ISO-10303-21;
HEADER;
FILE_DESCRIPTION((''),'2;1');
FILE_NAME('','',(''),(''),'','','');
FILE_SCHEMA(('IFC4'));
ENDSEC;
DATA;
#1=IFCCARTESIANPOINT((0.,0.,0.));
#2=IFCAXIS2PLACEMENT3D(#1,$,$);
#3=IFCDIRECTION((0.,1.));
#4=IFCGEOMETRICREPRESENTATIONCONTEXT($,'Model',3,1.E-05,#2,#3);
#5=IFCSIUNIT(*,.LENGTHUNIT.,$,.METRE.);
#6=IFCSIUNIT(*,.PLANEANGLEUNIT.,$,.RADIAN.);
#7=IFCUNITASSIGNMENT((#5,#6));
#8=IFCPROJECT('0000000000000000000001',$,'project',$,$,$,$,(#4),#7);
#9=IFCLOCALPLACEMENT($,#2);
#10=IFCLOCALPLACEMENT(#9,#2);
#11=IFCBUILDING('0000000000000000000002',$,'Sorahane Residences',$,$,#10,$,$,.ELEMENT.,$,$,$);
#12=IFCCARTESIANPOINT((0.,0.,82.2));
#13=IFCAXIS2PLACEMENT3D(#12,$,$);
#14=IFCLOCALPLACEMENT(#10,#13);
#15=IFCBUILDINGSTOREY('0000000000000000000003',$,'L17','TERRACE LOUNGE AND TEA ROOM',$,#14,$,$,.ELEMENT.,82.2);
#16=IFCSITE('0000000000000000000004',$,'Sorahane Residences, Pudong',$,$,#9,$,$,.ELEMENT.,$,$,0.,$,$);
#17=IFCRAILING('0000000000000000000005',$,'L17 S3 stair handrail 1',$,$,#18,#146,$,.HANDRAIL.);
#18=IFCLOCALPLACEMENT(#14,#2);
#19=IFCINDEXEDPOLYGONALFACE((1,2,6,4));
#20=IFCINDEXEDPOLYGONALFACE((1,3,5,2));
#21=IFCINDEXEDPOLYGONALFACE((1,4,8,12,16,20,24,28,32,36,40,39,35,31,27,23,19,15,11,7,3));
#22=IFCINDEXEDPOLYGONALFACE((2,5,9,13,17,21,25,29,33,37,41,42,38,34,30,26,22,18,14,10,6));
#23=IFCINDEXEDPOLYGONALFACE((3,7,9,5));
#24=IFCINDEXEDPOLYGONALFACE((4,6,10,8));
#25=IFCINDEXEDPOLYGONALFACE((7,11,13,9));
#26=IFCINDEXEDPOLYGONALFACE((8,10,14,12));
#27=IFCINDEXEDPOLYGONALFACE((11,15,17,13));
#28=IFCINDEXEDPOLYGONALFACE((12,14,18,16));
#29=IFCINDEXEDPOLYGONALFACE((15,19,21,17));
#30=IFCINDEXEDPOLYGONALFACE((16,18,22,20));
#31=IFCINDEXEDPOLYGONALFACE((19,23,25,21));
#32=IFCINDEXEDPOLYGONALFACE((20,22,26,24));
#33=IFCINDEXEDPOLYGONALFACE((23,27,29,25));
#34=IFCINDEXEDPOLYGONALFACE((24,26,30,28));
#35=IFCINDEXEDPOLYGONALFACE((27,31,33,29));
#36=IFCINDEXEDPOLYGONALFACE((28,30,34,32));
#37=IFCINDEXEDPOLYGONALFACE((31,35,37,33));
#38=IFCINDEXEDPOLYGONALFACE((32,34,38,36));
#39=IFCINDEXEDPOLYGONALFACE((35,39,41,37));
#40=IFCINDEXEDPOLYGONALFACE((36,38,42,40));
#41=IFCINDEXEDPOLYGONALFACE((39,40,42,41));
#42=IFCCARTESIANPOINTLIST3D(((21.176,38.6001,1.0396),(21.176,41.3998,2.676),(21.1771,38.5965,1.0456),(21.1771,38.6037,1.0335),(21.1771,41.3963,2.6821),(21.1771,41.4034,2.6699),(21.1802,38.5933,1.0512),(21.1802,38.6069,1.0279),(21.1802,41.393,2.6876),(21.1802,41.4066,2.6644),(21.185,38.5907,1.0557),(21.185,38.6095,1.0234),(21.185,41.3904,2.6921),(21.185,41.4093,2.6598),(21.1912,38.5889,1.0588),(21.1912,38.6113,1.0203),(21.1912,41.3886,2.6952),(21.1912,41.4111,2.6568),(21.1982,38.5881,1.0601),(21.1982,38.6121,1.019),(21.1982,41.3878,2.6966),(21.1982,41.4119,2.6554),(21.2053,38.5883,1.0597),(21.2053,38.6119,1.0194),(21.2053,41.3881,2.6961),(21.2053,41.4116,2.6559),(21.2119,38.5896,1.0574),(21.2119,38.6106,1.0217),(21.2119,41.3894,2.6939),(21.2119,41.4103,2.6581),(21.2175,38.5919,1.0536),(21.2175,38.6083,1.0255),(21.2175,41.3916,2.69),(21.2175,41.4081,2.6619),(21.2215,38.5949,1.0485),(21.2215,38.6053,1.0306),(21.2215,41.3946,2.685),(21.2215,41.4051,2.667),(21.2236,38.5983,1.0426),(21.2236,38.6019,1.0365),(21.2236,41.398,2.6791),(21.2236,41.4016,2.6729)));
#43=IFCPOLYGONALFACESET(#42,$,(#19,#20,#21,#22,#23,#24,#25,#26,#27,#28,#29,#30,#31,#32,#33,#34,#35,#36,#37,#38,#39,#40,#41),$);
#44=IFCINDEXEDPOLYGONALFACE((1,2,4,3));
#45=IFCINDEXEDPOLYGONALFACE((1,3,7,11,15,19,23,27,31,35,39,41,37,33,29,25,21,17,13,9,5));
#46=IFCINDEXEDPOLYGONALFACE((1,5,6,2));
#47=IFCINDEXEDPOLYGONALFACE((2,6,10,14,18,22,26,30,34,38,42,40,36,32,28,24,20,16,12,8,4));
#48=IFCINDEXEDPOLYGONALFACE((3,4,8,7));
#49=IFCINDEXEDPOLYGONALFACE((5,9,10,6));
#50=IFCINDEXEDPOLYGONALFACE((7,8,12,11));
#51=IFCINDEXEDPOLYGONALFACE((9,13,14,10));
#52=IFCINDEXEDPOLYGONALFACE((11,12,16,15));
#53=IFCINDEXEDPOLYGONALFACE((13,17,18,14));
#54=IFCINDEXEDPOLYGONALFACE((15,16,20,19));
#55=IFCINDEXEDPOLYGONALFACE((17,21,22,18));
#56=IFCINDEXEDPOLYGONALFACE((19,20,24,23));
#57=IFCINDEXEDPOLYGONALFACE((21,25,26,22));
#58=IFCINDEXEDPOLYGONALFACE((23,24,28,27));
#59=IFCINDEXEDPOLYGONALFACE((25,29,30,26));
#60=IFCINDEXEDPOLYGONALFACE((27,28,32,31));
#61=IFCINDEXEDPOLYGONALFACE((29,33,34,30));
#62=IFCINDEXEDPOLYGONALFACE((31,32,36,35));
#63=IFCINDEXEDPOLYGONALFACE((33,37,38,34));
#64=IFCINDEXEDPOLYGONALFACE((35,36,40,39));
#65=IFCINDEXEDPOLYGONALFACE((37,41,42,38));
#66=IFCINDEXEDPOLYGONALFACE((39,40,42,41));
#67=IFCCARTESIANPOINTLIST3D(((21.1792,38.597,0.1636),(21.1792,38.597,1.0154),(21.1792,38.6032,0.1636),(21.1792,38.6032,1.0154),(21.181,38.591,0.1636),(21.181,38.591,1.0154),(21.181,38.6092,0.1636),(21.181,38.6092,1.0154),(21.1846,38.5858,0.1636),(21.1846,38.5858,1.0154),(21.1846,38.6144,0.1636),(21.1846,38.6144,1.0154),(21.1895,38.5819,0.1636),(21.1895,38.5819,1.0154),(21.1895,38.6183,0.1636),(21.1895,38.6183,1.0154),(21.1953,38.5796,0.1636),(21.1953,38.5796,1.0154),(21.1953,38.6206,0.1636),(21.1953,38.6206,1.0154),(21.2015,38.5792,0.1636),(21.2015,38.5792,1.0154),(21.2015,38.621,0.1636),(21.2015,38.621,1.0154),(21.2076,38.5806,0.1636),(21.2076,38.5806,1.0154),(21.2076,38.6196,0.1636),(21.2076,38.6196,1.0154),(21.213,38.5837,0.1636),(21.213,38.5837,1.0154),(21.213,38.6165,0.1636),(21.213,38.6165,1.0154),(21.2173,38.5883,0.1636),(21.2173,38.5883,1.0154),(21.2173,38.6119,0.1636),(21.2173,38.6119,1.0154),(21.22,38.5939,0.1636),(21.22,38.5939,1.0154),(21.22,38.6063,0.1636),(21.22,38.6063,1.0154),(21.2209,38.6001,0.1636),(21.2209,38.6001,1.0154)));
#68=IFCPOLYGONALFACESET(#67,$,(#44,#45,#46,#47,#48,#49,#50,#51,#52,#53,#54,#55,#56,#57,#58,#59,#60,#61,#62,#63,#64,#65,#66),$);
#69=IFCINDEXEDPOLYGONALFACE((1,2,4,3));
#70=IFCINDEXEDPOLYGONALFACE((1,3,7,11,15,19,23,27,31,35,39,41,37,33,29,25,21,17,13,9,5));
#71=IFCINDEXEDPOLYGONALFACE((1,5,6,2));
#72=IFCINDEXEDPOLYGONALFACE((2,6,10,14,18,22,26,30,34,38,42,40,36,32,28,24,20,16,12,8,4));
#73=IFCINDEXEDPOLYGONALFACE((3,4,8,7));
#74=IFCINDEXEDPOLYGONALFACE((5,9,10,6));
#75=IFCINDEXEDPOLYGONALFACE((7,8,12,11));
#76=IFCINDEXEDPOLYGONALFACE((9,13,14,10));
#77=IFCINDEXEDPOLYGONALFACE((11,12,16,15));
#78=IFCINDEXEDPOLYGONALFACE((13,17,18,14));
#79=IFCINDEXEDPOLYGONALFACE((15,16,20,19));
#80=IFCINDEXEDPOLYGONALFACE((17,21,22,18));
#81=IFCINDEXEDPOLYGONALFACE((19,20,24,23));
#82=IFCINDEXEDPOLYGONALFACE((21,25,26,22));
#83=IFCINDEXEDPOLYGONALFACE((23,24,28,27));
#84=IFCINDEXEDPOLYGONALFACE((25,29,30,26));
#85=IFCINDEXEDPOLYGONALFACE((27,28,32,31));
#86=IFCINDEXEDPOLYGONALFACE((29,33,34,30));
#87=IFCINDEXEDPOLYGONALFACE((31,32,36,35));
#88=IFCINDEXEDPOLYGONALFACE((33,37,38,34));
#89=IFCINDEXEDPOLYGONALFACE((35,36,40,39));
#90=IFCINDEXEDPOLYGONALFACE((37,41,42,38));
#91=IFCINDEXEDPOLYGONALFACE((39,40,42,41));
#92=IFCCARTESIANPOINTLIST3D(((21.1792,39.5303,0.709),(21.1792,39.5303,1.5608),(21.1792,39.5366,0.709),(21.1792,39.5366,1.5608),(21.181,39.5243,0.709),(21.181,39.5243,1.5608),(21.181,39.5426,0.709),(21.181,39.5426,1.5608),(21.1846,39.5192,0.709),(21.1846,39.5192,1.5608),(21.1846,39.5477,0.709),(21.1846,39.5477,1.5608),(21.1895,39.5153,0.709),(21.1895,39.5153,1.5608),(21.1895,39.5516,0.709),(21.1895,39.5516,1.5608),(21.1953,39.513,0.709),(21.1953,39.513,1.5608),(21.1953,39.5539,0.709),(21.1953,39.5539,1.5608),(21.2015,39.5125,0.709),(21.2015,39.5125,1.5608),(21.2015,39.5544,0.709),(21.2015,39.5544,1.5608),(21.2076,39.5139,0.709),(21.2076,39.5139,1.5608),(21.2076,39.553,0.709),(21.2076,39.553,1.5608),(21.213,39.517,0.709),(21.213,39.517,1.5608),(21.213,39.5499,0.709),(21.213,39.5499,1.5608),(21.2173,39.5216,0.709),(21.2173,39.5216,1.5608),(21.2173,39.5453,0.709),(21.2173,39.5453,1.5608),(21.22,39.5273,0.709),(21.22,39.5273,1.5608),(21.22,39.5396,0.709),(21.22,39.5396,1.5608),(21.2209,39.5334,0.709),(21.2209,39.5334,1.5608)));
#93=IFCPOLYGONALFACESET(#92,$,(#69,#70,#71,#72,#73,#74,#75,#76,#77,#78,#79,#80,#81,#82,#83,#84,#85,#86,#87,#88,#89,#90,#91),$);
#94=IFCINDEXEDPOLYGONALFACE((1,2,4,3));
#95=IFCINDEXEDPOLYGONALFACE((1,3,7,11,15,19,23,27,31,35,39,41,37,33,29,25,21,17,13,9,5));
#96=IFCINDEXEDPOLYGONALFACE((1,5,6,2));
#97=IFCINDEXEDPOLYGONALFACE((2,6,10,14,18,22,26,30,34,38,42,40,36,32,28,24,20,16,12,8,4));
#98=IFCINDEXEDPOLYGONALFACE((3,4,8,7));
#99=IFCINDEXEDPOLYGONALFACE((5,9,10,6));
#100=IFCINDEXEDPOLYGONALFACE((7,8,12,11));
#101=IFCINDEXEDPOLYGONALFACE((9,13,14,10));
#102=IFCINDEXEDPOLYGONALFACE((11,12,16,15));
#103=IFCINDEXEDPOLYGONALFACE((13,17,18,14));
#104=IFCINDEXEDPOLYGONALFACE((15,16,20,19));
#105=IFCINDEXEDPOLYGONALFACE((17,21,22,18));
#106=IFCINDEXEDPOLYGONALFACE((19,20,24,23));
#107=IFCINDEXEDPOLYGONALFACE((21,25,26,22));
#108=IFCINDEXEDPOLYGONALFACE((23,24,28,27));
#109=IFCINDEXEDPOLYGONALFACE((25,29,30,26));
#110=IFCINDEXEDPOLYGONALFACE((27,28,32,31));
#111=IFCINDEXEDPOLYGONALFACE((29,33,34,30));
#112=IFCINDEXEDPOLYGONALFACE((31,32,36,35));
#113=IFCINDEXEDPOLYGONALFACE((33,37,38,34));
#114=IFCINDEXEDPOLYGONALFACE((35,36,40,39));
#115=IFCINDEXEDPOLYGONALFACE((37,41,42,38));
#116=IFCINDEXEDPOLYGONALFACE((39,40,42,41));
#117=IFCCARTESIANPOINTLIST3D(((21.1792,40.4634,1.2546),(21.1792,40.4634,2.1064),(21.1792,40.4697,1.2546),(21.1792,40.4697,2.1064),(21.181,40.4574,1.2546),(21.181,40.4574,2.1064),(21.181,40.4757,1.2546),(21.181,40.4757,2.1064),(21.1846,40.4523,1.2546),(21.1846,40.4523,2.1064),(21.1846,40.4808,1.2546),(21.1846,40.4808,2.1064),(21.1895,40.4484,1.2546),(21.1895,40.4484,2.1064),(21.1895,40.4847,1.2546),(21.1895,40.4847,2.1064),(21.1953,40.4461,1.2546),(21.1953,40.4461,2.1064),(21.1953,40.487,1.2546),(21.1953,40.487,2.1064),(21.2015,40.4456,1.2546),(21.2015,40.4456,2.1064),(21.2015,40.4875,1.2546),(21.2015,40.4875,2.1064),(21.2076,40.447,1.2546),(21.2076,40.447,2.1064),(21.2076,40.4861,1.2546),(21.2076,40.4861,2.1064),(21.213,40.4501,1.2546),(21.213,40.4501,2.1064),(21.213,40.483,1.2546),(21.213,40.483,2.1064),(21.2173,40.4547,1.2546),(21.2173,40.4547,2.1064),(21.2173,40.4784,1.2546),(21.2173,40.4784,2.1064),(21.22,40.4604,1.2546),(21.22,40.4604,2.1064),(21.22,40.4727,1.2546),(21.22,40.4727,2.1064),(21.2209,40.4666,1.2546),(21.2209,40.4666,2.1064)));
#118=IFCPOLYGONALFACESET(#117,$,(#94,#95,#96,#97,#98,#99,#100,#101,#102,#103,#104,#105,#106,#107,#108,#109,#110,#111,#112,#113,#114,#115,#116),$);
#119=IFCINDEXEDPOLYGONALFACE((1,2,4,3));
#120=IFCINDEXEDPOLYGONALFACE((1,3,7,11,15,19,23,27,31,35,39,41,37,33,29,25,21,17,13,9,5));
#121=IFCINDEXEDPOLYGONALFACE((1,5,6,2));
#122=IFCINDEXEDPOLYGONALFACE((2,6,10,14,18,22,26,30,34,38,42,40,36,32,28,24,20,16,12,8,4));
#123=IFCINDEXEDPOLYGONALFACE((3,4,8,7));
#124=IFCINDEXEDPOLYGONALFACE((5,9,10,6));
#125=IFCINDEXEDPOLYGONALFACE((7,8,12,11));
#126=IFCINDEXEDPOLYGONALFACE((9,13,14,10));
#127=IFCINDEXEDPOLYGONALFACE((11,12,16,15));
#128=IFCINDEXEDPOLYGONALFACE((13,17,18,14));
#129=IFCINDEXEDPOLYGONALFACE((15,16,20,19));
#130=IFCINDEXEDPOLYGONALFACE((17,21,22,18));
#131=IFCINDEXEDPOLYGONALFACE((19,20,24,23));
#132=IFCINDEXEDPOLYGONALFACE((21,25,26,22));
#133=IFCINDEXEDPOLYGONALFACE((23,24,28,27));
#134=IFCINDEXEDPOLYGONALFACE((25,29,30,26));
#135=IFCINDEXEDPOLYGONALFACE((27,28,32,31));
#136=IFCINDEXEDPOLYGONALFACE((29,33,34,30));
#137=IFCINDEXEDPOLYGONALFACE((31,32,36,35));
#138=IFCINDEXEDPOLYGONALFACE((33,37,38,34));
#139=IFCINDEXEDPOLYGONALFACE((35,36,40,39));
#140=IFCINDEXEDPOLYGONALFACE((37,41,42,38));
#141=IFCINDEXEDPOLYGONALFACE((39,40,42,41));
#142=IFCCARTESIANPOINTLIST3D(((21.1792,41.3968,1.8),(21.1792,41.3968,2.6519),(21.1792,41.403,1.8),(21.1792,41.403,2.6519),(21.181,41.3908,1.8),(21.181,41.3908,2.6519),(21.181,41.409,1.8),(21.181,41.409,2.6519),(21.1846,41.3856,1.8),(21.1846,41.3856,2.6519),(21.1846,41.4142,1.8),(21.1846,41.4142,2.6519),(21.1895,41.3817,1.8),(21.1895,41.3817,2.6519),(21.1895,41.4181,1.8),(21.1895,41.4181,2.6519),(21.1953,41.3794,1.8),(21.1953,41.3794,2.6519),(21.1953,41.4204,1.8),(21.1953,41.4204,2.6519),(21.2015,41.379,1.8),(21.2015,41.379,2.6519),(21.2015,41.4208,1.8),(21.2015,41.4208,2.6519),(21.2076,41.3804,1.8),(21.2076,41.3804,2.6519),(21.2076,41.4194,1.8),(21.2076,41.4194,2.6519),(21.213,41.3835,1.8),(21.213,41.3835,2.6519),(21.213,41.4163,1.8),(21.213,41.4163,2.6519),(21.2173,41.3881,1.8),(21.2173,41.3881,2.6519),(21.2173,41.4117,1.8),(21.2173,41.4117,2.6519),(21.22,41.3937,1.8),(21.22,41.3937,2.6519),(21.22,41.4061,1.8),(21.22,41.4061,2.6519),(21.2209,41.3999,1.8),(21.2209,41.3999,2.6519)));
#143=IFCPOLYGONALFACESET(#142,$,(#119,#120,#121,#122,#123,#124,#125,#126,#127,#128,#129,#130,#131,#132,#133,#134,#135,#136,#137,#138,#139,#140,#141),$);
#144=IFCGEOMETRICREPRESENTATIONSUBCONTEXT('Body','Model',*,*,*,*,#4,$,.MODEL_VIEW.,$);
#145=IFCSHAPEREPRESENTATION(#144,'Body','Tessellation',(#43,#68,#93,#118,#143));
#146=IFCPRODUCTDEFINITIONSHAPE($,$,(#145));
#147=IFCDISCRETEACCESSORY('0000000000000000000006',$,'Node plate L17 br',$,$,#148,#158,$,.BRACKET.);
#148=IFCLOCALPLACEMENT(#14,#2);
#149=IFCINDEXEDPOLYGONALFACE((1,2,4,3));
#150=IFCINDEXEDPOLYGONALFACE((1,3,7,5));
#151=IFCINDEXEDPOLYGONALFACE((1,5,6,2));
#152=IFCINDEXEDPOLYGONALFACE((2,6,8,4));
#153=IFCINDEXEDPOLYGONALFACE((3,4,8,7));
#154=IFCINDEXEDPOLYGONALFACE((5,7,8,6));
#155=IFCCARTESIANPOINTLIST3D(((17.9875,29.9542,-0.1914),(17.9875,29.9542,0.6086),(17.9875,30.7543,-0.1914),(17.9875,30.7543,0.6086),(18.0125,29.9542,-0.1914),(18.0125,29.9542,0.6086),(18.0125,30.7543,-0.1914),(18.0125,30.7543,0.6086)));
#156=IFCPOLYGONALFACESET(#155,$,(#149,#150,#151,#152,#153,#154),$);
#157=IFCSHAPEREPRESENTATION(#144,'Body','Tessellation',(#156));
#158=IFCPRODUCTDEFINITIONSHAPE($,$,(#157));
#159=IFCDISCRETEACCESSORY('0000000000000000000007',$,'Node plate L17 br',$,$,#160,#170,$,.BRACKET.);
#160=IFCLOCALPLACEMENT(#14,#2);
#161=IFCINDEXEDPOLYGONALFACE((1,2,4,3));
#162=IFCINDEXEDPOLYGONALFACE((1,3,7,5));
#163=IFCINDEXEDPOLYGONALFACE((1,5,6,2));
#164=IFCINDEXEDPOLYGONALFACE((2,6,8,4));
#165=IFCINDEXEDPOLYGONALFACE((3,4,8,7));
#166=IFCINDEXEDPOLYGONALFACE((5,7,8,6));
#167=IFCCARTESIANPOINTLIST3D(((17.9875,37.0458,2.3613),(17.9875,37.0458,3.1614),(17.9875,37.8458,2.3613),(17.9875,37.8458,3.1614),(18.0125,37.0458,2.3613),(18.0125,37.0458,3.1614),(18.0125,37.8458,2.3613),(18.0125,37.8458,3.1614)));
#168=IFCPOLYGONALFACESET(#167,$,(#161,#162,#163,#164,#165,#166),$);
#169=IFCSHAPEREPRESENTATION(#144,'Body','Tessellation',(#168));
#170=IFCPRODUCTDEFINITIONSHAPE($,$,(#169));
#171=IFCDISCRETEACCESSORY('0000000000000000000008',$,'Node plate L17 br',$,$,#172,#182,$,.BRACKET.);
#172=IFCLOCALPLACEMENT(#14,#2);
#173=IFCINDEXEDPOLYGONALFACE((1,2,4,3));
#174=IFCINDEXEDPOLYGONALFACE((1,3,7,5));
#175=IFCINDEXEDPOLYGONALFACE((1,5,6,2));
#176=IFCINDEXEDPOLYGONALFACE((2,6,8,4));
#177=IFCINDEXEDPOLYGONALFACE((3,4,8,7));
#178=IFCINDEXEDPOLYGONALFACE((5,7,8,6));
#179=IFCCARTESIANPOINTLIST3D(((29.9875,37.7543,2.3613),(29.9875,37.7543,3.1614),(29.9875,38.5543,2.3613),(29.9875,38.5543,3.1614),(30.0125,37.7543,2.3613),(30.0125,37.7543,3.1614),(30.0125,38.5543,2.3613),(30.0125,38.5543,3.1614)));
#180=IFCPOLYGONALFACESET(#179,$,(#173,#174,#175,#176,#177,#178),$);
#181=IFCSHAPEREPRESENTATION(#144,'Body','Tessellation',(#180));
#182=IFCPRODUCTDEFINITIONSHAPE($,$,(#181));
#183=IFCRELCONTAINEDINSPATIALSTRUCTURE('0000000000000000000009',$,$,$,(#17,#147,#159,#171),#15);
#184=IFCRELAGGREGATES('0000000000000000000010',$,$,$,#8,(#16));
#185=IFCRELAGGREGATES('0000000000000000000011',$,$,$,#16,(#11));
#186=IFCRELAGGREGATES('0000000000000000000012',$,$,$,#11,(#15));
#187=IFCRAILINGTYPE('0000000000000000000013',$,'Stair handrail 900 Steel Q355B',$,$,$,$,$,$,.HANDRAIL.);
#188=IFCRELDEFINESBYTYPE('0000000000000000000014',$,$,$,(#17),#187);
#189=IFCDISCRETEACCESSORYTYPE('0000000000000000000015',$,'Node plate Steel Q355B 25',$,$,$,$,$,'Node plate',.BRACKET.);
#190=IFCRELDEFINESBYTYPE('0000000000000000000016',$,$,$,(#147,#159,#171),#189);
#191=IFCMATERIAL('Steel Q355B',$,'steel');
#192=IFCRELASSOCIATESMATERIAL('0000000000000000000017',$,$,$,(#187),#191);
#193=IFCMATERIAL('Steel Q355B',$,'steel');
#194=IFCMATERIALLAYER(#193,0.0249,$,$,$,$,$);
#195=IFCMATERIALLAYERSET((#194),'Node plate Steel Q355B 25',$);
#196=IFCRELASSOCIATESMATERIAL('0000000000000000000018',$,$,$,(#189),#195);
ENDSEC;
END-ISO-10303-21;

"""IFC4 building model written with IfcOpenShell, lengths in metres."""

from ifc_helpers import new_model, si_unit, direction, frame, origin, origin_2d, place, context, subcontext, project, spatial, rectangle, circle, extrude, material, layer, layer_set, type_object, element, save


model = new_model("IFC4")

# Units and contexts
model_context = context("Model", 3, precision=1e-05, world=origin(), true_north=direction((0.0, 1.0)))
body_context = subcontext(model_context, "Body", "Model", "MODEL_VIEW")
ifc_project = project(units=[si_unit("LENGTHUNIT", "METRE"), si_unit("PLANEANGLEUNIT", "RADIAN")], contexts=[model_context])

# Site, building, storey
site_placement = place(None, origin())
site = spatial("IfcSite", under=ifc_project, at=site_placement, Name="Sorahane Residences, Pudong", CompositionType="ELEMENT", RefElevation=0.0)
building_placement = place(site_placement, origin())
building = spatial("IfcBuilding", under=site, at=building_placement, Name="Sorahane Residences", CompositionType="ELEMENT")
storey_placement = place(building_placement, frame((0.0, 0.0, 82.2)))
storey = spatial("IfcBuildingStorey", under=building, at=storey_placement, Name="L17", Description="TERRACE LOUNGE AND TEA ROOM", CompositionType="ELEMENT", Elevation=82.2)

# Railing
ifc_material_1 = material(Name="Steel Q355B", Category="steel")
railing_type_1 = type_object("IfcRailingType", Name="Stair handrail 900 Steel Q355B", PredefinedType="HANDRAIL", material=ifc_material_1)
railing_1_placement = place(storey_placement, frame((21.2, 38.6001, 0.1636)))
element("IfcRailing", 1, at=railing_1_placement, inside=storey, type_object=railing_type_1, Name="L17 S3 stair handrail 1", PredefinedType="HANDRAIL", context=body_context, shape_type="SweptSolid", body=[
    extrude(circle(Radius=0.0239, at=origin_2d()), frame((0.0, 0.0, 0.876), z_axis=(0.0, 0.863342, 0.50462), x_axis=(-1.0, 0.0, 0.0)), (0.0, 0.0, 1.0), 3.2429),
    extrude(circle(Radius=0.021, at=origin_2d()), origin(), (0.0, 0.0, 1.0), 0.8518),
    extrude(circle(Radius=0.021, at=origin_2d()), frame((0.0, 0.9333, 0.5454)), (0.0, 0.0, 1.0), 0.8518),
    extrude(circle(Radius=0.021, at=origin_2d()), frame((0.0, 1.8665, 1.0911)), (0.0, 0.0, 1.0), 0.8518),
    extrude(circle(Radius=0.021, at=origin_2d()), frame((0.0, 2.7998, 1.6365)), (0.0, 0.0, 1.0), 0.8518),
])

# Discrete accessories
ifc_material_2 = material(Name="Steel Q355B", Category="steel")
ifc_layer_1 = layer(ifc_material_2, 0.0249)
ifc_layer_set_1 = layer_set([ifc_layer_1], Name="Node plate Steel Q355B 25")
discrete_accessory_type = type_object("IfcDiscreteAccessoryType", Name="Node plate Steel Q355B 25", ElementType="Node plate", PredefinedType="BRACKET", material=ifc_layer_set_1)
for number, where, z_axis, x_axis, name in (
    (2, (18.0, 30.3542, -0.1914), (0.0, 0.0, 1.0), (0.0, 1.0, 0.0), "Node plate L17 br"),
    (3, (18.0, 37.4458, 2.3613), (0.0, 0.0, 1.0), (0.0, 1.0, 0.0), "Node plate L17 br"),
    (4, (30.0, 38.1543, 2.3613), (0.0, 0.0, 1.0), (0.0, 1.0, 0.0), "Node plate L17 br"),
):
    element("IfcDiscreteAccessory", number, at=place(storey_placement, frame(where, z_axis=z_axis, x_axis=x_axis)), inside=storey, type_object=discrete_accessory_type, Name=name, PredefinedType="BRACKET", context=body_context, shape_type="SweptSolid", body=[
        extrude(rectangle(XDim=0.8, YDim=0.0249, at=origin_2d()), origin(), (0.0, 0.0, 1.0), 0.8),
    ])

save(model, "model.ifc")
